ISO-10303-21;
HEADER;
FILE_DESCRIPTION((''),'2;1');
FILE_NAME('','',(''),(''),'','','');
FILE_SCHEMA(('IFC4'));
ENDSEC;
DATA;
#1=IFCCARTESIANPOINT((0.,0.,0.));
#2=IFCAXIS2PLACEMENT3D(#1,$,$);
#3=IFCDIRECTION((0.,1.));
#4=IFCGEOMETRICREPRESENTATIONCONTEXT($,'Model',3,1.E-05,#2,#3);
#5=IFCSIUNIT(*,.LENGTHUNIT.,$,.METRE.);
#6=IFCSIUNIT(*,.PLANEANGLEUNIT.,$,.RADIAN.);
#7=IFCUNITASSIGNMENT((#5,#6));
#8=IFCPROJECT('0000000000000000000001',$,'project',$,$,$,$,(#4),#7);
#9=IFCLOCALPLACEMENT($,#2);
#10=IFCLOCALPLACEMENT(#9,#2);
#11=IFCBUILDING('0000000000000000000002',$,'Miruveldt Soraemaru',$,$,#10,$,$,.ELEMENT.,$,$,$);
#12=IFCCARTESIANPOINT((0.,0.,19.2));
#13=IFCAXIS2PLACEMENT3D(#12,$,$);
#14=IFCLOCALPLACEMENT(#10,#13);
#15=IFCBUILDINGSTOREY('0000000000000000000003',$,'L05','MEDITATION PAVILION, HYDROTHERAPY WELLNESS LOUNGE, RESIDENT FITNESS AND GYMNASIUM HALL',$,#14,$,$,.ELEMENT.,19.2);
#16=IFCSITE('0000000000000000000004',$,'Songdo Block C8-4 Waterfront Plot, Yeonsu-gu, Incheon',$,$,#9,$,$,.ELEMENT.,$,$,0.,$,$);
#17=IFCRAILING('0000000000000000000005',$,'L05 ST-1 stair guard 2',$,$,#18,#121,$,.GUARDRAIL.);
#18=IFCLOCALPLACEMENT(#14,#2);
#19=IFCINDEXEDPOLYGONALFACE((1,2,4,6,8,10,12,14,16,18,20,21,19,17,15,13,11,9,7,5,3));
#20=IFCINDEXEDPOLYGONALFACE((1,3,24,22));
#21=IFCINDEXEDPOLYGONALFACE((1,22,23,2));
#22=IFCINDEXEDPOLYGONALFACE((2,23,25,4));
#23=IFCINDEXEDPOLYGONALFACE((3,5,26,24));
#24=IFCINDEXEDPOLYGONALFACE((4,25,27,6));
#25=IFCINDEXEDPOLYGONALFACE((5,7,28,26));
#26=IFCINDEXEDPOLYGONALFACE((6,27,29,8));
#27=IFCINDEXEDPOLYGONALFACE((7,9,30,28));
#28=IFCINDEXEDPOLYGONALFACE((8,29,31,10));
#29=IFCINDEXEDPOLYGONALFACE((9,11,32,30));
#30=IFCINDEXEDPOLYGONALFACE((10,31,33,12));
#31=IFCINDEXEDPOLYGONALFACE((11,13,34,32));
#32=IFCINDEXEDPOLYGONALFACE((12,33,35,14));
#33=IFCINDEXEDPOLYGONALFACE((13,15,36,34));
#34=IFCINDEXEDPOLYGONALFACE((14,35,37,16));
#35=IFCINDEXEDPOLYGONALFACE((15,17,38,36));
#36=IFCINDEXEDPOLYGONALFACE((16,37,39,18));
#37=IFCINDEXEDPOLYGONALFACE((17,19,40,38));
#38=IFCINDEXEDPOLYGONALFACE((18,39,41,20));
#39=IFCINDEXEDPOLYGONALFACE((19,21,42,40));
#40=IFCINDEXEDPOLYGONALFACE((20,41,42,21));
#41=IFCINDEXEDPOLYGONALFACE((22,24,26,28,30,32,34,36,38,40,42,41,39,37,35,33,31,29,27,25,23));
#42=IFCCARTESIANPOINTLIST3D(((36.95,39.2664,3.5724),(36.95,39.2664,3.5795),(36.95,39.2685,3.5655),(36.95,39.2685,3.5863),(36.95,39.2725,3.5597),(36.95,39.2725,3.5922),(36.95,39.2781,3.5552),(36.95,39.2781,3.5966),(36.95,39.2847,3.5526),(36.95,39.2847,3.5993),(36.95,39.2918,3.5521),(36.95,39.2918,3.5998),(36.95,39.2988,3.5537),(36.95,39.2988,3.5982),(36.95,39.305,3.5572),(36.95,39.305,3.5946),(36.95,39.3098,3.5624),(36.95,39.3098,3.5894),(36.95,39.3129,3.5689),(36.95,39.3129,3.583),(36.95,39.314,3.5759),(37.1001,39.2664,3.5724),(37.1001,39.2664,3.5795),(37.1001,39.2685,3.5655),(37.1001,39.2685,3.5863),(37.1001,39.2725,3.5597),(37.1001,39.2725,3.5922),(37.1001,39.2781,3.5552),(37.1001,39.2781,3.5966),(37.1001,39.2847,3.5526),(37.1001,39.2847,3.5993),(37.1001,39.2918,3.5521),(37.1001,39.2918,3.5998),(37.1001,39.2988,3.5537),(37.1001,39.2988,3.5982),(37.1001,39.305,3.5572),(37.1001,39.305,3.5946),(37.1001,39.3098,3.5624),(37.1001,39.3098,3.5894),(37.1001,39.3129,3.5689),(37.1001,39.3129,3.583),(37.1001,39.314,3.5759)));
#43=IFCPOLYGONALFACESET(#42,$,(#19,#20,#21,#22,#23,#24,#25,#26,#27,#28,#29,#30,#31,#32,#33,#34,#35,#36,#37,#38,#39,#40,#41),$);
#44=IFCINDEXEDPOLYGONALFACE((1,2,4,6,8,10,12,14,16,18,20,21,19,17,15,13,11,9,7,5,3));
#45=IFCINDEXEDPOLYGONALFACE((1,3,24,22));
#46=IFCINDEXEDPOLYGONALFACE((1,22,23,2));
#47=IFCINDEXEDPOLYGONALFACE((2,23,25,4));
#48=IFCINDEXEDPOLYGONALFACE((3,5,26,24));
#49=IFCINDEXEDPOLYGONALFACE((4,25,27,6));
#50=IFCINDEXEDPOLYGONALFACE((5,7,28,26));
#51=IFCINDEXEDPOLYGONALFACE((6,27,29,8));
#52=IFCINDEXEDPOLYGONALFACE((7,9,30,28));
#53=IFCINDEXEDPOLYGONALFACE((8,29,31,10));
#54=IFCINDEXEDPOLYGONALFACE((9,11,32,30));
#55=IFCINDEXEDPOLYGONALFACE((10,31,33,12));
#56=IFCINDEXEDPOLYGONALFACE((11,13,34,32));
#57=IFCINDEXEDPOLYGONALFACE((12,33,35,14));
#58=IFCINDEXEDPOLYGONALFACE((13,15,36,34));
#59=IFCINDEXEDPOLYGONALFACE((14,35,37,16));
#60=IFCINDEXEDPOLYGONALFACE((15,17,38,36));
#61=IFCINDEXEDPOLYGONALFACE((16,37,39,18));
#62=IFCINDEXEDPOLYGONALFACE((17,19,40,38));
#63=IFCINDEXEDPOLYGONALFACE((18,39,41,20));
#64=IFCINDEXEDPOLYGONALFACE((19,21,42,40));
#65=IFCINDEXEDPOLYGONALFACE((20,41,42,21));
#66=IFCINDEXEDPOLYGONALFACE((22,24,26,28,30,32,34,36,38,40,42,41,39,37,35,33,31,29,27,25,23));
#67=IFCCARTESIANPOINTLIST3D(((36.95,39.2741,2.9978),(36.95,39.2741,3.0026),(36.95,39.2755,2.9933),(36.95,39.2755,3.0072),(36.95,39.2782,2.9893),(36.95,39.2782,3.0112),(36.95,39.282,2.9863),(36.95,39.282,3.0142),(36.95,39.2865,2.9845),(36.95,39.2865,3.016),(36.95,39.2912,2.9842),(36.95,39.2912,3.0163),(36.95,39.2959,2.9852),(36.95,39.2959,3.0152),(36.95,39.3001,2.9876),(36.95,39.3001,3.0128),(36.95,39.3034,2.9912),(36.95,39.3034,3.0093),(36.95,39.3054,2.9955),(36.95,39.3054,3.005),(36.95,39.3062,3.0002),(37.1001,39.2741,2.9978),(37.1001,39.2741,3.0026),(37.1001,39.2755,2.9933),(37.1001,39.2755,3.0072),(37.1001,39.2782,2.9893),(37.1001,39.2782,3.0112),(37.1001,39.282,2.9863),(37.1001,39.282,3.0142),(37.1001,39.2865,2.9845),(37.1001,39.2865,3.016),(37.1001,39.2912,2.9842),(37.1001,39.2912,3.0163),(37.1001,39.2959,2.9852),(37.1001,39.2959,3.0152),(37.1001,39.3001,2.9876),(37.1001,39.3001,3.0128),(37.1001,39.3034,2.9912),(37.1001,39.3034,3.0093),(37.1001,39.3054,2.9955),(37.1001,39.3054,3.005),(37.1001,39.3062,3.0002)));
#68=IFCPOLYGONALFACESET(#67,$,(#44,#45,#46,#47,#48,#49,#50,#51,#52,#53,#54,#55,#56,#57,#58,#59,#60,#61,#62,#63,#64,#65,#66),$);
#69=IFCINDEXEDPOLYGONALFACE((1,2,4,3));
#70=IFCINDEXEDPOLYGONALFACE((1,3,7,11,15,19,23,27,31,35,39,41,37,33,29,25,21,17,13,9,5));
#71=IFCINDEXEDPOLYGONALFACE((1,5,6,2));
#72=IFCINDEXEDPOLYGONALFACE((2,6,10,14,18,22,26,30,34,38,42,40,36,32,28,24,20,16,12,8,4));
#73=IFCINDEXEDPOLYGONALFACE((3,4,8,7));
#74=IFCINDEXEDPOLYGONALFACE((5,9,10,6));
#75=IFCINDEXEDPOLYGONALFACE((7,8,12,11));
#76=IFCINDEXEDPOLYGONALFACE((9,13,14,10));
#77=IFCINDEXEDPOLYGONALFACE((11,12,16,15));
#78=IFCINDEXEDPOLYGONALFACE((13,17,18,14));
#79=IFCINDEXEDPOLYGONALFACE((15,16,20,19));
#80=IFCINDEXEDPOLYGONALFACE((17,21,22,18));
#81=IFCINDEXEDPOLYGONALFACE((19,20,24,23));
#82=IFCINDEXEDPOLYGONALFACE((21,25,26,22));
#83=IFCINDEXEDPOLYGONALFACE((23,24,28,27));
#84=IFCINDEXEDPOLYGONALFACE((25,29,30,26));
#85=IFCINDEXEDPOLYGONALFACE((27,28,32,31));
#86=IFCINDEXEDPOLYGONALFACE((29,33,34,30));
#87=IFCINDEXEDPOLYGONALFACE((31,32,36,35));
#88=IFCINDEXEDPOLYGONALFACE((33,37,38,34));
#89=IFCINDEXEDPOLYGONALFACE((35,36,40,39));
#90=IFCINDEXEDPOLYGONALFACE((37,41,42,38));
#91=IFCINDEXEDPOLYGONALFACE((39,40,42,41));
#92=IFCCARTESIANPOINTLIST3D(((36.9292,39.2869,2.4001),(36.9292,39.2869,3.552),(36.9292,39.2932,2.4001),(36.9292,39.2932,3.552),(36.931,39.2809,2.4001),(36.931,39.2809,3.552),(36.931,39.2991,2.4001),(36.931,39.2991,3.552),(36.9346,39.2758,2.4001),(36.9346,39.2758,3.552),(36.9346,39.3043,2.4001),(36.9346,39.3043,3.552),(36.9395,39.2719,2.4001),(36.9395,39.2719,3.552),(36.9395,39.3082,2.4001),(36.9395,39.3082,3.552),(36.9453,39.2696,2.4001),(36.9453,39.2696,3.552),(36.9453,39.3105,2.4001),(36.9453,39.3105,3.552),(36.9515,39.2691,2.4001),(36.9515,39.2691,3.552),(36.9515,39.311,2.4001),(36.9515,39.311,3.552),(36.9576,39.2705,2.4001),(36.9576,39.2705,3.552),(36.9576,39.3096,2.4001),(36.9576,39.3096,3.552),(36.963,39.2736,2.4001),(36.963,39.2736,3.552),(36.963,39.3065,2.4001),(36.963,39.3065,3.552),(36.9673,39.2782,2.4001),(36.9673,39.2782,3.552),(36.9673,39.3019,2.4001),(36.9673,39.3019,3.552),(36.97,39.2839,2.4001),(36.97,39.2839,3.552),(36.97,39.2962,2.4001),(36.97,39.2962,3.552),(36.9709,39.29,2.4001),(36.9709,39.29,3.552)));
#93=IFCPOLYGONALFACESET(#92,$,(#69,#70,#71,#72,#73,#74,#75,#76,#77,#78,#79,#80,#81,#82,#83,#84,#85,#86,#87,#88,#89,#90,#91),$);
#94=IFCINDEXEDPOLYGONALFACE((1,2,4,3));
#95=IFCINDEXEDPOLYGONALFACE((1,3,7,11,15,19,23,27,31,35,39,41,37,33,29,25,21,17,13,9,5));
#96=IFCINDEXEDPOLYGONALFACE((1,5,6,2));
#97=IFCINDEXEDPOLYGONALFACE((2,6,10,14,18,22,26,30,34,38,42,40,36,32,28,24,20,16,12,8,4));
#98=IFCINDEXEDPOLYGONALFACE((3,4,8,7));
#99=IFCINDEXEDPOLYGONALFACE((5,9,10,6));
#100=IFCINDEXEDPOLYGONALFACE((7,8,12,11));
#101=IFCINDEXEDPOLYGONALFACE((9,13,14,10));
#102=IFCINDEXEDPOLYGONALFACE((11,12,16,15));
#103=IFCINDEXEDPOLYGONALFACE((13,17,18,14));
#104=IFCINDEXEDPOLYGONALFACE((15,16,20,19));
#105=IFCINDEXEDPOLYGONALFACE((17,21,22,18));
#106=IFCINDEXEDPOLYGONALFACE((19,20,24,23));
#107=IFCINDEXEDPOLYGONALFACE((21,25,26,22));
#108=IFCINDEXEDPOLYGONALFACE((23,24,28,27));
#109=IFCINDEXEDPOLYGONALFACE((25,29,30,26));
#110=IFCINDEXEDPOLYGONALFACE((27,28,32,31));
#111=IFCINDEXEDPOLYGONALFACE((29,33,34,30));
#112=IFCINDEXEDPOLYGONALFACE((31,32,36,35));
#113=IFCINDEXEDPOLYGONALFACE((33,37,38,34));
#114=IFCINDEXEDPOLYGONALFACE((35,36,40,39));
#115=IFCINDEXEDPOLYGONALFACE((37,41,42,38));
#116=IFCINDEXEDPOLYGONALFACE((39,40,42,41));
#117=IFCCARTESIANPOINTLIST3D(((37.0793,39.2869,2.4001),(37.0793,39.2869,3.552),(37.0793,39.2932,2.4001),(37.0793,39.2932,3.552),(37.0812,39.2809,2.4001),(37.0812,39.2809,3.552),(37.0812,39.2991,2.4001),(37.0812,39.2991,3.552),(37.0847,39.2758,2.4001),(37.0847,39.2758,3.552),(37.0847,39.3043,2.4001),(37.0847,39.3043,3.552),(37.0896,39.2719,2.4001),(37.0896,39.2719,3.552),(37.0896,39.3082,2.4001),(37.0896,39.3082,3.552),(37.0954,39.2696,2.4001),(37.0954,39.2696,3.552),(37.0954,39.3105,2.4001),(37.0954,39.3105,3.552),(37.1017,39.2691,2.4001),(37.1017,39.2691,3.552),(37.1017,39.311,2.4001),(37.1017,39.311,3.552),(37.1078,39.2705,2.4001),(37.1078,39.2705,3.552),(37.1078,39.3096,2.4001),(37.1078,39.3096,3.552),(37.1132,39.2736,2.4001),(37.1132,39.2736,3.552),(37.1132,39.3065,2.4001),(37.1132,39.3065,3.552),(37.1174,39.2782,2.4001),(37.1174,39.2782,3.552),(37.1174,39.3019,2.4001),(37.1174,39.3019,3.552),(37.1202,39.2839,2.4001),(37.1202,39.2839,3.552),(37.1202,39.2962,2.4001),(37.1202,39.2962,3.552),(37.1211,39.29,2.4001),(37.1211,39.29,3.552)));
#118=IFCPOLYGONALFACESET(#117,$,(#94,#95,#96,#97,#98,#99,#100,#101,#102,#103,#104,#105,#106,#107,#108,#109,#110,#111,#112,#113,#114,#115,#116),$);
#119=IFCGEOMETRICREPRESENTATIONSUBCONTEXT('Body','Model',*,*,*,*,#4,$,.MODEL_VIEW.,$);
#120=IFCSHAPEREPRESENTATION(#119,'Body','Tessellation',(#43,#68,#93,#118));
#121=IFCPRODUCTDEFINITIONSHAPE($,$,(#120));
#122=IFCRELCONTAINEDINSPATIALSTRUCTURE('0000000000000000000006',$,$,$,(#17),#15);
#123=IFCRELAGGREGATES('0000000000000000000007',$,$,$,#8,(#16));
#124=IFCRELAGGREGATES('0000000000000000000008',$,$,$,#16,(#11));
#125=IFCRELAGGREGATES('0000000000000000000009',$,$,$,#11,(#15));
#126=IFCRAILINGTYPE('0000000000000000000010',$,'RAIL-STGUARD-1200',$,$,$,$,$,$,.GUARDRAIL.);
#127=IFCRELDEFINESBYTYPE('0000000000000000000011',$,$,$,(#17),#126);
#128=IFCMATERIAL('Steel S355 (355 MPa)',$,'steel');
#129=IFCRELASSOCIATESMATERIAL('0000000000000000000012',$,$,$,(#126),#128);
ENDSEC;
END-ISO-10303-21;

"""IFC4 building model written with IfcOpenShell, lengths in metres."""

from ifc_helpers import new_model, si_unit, direction, frame, origin, origin_2d, place, context, subcontext, project, spatial, circle, extrude, material, type_object, element, save


model = new_model("IFC4")

# Units and contexts
model_context = context("Model", 3, precision=1e-05, world=origin(), true_north=direction((0.0, 1.0)))
body_context = subcontext(model_context, "Body", "Model", "MODEL_VIEW")
ifc_project = project(units=[si_unit("LENGTHUNIT", "METRE"), si_unit("PLANEANGLEUNIT", "RADIAN")], contexts=[model_context])

# Site, building, storey
site_placement = place(None, origin())
site = spatial("IfcSite", under=ifc_project, at=site_placement, Name="Songdo Block C8-4 Waterfront Plot, Yeonsu-gu, Incheon", CompositionType="ELEMENT", RefElevation=0.0)
building_placement = place(site_placement, origin())
building = spatial("IfcBuilding", under=site, at=building_placement, Name="Miruveldt Soraemaru", CompositionType="ELEMENT")
storey_placement = place(building_placement, frame((0.0, 0.0, 19.2)))
storey = spatial("IfcBuildingStorey", under=building, at=storey_placement, Name="L05", Description="MEDITATION PAVILION, HYDROTHERAPY WELLNESS LOUNGE, RESIDENT FITNESS AND GYMNASIUM HALL", CompositionType="ELEMENT", Elevation=19.2)

# Railing
ifc_material_1 = material(Name="Steel S355 (355 MPa)", Category="steel")
railing_type_1 = type_object("IfcRailingType", Name="RAIL-STGUARD-1200", PredefinedType="GUARDRAIL", material=ifc_material_1)
railing_1_placement = place(storey_placement, frame((36.95, 39.29, 2.4001)))
element("IfcRailing", 1, at=railing_1_placement, inside=storey, type_object=railing_type_1, Name="L05 ST-1 stair guard 2", PredefinedType="GUARDRAIL", context=body_context, shape_type="SweptSolid", body=[
    extrude(circle(Radius=0.0239, at=origin_2d()), frame((0.0, 0.0, 1.1758), z_axis=(1.0, 0.0, 0.0), x_axis=(0.0, 1.0, 0.0)), (0.0, 0.0, 1.0), 0.1501),
    extrude(circle(Radius=0.0161, at=origin_2d()), frame((0.0, 0.0, 0.6001), z_axis=(1.0, 0.0, 0.0), x_axis=(0.0, 1.0, 0.0)), (0.0, 0.0, 1.0), 0.1501),
    extrude(circle(Radius=0.021, at=origin_2d()), origin(), (0.0, 0.0, 1.0), 1.1519),
    extrude(circle(Radius=0.021, at=origin_2d()), frame((0.1501, 0.0, 0.0)), (0.0, 0.0, 1.0), 1.1519),
])

save(model, "model.ifc")
